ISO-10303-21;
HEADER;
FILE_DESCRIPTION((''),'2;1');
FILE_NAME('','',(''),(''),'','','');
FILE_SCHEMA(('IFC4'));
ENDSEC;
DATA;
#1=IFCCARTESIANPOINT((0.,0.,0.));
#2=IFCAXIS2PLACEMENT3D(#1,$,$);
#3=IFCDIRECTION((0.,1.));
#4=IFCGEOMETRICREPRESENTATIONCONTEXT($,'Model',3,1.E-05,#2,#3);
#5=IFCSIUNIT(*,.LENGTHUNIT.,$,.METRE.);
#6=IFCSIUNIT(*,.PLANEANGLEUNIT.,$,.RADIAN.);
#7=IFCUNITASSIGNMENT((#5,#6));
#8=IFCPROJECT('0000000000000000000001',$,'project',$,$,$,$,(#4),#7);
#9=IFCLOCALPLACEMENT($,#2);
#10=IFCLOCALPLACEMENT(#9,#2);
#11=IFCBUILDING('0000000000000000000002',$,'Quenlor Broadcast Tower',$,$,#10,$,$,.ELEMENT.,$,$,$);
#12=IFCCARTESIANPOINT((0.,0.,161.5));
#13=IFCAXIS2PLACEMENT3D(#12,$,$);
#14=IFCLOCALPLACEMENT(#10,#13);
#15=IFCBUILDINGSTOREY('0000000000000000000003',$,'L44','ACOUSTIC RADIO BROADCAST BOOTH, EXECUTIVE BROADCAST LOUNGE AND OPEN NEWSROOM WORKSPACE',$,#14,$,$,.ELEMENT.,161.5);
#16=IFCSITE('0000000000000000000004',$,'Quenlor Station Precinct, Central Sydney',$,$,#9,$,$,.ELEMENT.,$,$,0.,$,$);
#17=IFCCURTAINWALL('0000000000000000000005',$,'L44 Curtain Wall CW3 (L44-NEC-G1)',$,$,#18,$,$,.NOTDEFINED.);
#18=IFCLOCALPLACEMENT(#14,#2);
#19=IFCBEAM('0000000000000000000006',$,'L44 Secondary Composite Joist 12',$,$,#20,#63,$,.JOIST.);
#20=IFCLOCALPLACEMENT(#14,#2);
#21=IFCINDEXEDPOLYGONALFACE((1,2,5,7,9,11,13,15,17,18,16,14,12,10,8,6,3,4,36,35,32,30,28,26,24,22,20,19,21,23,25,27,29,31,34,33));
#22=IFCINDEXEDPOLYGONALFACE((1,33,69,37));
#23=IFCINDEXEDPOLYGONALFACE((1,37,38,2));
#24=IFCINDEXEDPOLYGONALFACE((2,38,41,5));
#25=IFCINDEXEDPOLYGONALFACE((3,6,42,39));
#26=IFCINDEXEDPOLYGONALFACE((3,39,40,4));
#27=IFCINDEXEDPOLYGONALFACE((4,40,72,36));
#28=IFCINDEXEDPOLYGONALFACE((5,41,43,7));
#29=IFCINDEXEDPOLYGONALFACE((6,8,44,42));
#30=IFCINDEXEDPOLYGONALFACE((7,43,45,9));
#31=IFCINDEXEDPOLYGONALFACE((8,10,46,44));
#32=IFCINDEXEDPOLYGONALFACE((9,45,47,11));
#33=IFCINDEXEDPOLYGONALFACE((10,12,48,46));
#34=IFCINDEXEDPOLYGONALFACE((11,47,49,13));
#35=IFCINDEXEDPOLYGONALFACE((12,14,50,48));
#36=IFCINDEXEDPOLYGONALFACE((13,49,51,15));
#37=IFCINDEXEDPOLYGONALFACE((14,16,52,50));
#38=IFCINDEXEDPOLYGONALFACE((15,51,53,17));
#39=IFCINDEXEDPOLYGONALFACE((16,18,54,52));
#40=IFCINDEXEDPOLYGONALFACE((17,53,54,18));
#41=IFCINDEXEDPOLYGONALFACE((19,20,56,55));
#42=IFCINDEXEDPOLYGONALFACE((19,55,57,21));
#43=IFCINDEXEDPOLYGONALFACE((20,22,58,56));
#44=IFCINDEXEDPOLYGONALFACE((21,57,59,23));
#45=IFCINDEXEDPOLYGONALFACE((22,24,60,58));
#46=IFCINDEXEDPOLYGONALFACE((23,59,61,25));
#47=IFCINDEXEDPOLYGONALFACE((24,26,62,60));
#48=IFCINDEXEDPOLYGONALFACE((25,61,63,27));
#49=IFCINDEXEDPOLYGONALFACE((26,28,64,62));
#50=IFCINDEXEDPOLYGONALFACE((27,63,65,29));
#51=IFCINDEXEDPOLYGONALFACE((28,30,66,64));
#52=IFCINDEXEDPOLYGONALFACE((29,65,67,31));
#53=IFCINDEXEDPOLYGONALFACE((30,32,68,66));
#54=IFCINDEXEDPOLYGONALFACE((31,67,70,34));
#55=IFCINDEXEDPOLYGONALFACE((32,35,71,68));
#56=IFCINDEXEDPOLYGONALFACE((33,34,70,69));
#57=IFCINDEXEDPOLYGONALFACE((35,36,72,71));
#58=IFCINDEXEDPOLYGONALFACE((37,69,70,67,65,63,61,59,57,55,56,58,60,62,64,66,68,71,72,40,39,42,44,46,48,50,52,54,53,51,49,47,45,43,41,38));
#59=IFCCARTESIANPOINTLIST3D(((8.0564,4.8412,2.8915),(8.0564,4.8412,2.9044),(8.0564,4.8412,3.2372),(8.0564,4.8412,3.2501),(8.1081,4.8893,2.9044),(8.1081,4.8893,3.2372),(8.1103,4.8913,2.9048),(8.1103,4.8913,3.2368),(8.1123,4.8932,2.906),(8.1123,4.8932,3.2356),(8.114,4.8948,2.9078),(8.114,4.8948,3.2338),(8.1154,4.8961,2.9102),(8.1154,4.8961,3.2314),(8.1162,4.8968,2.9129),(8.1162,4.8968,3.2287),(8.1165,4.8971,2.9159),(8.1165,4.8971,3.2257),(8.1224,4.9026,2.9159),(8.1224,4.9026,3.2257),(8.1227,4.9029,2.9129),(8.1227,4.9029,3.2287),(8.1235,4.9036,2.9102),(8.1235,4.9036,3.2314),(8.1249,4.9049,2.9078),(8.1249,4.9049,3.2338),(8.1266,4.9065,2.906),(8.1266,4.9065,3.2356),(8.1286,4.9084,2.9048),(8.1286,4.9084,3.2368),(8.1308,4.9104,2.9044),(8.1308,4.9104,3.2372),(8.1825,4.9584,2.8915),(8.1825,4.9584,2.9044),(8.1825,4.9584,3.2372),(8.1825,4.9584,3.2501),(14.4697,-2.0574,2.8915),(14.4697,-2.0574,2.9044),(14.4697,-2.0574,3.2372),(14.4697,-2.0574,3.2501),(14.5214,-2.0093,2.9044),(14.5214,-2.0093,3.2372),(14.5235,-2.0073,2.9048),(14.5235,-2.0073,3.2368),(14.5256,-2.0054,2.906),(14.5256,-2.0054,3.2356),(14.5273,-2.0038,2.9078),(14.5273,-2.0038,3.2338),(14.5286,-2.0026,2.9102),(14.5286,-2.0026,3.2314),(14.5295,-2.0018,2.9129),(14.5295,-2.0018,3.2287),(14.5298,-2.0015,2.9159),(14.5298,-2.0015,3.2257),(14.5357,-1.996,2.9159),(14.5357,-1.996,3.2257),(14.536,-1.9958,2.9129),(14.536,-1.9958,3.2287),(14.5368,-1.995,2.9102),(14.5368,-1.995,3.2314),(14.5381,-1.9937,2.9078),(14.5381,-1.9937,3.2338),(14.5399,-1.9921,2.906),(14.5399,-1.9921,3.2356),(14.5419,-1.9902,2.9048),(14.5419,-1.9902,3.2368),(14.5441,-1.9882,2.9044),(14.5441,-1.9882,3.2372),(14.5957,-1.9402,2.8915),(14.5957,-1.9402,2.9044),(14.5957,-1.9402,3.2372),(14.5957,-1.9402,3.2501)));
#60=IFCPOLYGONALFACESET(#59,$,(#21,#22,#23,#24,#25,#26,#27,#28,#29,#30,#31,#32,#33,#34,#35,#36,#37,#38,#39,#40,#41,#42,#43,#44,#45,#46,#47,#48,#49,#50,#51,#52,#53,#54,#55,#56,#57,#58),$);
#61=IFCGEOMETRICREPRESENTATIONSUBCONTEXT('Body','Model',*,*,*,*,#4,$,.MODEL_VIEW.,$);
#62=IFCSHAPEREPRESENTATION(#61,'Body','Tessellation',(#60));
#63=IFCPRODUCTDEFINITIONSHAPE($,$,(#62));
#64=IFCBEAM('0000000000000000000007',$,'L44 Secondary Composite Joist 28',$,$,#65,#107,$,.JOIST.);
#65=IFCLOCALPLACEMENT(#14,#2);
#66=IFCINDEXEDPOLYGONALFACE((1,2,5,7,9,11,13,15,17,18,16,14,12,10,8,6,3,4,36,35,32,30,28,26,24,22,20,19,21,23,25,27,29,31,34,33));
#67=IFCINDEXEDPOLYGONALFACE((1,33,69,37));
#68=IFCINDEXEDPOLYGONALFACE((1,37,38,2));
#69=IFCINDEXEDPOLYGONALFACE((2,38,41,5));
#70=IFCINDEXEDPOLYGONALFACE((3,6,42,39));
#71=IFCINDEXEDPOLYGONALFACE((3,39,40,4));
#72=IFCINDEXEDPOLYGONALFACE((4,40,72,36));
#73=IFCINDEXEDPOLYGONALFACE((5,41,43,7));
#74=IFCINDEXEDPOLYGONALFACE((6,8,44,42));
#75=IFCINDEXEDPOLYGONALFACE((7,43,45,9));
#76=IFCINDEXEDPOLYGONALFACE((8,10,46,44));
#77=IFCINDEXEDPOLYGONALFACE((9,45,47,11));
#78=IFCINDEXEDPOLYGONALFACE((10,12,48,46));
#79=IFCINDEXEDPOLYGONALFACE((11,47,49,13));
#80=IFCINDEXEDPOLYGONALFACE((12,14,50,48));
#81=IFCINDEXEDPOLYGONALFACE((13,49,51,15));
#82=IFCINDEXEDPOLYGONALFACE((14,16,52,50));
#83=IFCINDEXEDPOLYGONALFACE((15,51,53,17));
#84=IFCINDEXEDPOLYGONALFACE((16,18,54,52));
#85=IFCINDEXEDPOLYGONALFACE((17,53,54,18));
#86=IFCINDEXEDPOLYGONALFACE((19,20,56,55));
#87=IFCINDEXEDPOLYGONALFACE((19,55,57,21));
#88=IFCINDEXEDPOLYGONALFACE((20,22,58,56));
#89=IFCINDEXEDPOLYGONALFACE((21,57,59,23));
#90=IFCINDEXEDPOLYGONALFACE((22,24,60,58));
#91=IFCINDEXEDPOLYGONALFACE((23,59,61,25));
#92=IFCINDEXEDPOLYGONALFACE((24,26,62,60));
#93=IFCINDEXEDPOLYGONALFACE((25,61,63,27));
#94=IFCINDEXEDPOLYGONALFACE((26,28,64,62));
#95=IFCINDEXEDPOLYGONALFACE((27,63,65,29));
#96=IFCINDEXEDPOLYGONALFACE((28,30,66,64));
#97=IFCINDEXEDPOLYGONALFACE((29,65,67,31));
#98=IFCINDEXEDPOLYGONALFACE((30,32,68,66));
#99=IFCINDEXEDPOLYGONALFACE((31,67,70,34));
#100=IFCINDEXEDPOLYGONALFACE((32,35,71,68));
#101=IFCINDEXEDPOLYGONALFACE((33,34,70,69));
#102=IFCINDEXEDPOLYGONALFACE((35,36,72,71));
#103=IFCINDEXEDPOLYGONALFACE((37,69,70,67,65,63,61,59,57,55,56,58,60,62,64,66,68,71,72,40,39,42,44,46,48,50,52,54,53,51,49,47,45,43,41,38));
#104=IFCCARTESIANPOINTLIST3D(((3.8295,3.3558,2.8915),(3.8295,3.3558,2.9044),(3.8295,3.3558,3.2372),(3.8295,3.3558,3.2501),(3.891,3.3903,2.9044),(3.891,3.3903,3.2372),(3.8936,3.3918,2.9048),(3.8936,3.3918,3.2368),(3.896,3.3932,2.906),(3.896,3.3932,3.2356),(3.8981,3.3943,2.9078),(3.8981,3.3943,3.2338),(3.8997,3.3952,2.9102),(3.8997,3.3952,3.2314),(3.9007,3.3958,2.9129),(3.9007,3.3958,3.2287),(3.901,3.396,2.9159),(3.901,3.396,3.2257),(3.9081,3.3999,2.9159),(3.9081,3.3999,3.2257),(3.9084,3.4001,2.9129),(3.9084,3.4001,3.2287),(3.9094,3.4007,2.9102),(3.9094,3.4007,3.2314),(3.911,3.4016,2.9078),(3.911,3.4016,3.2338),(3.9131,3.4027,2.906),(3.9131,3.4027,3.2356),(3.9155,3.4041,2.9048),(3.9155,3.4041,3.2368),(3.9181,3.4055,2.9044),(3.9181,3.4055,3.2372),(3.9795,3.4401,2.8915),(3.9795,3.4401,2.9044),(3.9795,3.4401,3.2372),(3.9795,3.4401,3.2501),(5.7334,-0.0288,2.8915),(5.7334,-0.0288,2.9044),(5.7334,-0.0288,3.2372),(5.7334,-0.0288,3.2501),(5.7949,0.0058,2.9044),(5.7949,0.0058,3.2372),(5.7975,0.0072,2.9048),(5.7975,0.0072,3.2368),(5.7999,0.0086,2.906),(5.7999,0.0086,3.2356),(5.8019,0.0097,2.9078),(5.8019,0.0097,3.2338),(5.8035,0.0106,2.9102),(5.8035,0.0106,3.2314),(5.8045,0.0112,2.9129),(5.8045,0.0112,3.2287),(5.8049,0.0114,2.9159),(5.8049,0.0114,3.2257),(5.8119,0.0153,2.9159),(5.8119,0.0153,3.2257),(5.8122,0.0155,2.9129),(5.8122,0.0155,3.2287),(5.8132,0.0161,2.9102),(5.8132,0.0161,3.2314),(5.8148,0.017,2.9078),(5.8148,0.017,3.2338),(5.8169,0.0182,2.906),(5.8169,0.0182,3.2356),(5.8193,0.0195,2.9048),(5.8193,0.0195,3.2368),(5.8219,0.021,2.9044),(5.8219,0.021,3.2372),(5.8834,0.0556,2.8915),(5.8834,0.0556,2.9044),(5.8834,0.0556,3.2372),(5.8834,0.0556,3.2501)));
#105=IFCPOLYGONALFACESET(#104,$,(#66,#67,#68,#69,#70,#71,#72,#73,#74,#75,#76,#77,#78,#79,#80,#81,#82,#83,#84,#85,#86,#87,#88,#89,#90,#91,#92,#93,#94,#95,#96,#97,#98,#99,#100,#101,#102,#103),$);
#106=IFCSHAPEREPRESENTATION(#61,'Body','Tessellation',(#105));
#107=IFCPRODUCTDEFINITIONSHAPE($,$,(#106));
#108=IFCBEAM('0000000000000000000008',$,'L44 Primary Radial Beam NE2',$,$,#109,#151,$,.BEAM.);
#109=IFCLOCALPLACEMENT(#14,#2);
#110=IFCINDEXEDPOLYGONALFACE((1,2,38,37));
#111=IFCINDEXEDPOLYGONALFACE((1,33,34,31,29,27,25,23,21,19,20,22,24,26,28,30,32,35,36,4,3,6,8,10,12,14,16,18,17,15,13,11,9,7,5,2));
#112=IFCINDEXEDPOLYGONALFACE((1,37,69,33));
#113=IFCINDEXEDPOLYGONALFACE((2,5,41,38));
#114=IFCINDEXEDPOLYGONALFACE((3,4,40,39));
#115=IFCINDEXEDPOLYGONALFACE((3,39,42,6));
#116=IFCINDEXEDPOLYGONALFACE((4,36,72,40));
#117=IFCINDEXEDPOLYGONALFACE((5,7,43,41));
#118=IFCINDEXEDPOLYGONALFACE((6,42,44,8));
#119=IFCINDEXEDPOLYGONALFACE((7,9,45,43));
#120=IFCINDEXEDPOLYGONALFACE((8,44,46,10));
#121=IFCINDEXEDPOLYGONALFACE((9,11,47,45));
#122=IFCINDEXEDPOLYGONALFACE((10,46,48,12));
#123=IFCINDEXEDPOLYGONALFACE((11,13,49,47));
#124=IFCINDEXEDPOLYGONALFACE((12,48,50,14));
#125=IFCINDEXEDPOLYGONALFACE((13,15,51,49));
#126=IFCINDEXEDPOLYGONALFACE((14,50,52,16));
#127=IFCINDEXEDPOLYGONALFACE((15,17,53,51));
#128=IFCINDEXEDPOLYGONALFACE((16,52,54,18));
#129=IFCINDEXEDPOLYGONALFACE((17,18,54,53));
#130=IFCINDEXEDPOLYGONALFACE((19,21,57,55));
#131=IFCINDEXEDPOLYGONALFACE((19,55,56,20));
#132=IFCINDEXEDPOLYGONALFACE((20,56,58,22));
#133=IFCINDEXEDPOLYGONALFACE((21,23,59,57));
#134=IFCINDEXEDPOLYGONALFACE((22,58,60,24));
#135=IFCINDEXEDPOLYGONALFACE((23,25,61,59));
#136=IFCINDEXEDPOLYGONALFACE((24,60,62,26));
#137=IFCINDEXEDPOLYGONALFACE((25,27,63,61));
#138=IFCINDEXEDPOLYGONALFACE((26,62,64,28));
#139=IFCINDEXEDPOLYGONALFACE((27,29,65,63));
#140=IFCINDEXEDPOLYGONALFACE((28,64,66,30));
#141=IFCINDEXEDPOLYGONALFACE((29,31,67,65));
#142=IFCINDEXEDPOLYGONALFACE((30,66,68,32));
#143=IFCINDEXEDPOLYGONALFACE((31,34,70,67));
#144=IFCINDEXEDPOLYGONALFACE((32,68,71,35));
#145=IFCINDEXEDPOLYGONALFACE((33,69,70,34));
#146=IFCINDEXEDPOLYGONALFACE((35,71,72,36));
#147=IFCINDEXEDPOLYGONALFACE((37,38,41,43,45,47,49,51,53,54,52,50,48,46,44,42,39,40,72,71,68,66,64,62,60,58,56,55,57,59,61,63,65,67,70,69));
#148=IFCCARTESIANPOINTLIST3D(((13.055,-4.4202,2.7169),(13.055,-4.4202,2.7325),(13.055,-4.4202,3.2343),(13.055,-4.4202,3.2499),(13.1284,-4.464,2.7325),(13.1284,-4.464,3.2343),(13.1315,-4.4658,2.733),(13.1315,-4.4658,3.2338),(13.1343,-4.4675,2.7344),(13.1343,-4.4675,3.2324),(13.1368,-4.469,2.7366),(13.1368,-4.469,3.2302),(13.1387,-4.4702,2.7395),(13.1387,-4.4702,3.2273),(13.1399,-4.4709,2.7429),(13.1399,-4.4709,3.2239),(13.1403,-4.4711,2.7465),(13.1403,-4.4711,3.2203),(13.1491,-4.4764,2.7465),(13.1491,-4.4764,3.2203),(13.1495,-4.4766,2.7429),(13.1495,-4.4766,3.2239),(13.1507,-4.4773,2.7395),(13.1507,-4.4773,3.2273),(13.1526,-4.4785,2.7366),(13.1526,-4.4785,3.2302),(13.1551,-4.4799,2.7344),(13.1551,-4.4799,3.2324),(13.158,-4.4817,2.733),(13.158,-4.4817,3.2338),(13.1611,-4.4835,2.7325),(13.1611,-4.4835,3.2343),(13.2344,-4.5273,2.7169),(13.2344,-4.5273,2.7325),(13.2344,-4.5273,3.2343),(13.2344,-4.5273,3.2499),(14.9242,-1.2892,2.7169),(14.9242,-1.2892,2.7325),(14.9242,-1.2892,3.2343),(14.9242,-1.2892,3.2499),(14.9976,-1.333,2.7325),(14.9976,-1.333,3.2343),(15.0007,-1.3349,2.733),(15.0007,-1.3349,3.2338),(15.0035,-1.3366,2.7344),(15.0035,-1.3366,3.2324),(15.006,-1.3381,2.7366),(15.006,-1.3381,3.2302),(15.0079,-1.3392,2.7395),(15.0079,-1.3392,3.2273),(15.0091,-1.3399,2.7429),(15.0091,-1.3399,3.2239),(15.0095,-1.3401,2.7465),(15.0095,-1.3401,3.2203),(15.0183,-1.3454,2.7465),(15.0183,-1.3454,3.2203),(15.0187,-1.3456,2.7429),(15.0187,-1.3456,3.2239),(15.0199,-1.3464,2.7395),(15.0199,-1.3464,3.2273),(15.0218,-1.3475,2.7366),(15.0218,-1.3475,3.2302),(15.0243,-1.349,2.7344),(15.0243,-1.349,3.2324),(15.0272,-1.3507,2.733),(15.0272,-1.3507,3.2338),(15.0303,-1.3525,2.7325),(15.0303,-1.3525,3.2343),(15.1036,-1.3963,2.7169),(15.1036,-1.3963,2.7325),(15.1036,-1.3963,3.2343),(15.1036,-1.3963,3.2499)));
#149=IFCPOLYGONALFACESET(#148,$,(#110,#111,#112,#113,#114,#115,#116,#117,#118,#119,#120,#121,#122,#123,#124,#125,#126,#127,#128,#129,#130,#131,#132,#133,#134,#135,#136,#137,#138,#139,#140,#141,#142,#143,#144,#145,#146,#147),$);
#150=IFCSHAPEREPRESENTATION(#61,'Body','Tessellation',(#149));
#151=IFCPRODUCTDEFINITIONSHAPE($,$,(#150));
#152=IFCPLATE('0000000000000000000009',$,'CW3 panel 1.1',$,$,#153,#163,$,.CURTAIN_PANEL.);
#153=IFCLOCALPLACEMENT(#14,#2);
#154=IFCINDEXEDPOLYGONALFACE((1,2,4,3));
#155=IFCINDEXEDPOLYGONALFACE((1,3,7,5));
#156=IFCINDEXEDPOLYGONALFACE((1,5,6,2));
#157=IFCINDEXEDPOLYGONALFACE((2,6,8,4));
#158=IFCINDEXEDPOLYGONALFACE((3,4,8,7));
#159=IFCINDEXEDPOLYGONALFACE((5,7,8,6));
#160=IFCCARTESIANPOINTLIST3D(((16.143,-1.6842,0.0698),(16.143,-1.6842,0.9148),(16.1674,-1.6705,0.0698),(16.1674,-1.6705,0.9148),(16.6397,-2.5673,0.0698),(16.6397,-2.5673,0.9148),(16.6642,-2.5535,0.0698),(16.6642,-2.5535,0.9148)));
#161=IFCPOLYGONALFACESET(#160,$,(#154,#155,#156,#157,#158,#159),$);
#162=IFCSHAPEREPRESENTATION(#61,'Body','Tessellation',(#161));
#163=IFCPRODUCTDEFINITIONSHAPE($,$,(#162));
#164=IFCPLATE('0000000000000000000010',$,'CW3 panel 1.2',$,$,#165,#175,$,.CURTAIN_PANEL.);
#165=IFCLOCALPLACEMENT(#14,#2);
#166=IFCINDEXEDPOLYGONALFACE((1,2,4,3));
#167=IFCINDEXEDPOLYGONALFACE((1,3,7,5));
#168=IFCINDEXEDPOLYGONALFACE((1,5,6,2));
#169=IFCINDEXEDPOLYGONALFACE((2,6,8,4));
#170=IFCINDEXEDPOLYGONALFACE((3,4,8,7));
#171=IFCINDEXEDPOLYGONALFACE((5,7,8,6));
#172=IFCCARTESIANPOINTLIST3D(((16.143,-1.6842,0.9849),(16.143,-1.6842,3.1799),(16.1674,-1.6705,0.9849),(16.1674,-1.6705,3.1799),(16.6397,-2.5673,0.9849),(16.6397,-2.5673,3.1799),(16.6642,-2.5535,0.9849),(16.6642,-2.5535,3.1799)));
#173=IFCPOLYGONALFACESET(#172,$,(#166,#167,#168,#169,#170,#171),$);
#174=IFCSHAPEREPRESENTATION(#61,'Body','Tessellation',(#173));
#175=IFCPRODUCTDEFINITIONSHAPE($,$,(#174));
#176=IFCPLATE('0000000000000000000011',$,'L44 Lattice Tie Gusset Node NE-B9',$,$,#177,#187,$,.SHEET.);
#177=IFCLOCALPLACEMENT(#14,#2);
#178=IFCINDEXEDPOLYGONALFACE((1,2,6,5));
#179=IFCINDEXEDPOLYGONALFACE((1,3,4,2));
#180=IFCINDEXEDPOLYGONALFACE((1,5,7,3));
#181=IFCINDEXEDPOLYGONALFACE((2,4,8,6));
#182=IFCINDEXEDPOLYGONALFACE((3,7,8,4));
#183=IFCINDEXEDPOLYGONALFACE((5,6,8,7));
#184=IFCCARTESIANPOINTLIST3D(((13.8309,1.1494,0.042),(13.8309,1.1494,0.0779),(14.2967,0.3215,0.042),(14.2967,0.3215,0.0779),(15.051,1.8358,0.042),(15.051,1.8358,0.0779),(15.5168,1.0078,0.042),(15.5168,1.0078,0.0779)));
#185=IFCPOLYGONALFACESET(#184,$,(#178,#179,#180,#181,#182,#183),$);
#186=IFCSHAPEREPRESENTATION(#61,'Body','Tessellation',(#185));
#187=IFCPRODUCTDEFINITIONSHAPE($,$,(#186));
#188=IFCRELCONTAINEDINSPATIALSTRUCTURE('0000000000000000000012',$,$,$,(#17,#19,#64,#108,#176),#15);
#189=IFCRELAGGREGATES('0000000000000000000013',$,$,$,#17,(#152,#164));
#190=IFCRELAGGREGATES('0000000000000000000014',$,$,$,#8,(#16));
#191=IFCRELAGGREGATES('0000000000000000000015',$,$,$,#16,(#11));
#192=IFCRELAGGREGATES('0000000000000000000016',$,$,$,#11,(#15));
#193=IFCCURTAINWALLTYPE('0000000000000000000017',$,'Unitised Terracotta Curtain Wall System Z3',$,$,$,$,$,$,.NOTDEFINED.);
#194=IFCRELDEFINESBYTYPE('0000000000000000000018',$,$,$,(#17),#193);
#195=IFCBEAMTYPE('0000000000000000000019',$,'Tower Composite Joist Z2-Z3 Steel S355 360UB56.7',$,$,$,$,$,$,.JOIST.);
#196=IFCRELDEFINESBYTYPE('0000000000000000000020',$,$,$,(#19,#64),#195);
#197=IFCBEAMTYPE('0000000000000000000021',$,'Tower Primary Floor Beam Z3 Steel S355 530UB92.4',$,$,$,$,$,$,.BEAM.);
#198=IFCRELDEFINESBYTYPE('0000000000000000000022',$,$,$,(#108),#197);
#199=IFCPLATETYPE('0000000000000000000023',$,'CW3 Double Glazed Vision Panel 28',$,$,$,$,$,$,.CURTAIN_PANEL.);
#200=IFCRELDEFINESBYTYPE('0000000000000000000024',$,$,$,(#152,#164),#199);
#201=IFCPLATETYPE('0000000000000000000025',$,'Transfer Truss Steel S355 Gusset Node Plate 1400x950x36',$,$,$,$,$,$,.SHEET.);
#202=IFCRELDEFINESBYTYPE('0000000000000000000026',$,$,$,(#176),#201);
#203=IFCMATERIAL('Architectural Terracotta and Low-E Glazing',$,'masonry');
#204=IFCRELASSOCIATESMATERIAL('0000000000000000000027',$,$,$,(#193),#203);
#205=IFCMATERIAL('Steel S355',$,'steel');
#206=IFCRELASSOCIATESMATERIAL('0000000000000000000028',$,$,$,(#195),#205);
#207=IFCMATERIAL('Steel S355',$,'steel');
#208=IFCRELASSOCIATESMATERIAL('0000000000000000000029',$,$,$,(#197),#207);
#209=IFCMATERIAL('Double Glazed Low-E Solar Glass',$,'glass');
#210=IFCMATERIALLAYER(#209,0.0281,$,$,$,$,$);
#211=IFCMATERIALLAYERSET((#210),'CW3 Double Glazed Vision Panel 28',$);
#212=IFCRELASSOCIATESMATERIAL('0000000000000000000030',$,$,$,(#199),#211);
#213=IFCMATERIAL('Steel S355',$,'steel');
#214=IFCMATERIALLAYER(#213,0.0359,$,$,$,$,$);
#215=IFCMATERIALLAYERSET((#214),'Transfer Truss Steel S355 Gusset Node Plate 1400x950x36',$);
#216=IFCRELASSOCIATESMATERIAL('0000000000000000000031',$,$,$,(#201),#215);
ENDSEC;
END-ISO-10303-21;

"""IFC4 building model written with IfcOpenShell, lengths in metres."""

from ifc_helpers import new_model, si_unit, direction, frame, origin, origin_2d, place, context, subcontext, project, spatial, rectangle, i_section, extrude, material, layer, layer_set, material_profile, profile_set, type_object, element, aggregate, save


model = new_model("IFC4")

# Units and contexts
model_context = context("Model", 3, precision=1e-05, world=origin(), true_north=direction((0.0, 1.0)))
body_context = subcontext(model_context, "Body", "Model", "MODEL_VIEW")
ifc_project = project(units=[si_unit("LENGTHUNIT", "METRE"), si_unit("PLANEANGLEUNIT", "RADIAN")], contexts=[model_context])

# Site, building, storey
site_placement = place(None, origin())
site = spatial("IfcSite", under=ifc_project, at=site_placement, Name="Quenlor Station Precinct, Central Sydney", CompositionType="ELEMENT", RefElevation=0.0)
building_placement = place(site_placement, origin())
building = spatial("IfcBuilding", under=site, at=building_placement, Name="Quenlor Broadcast Tower", CompositionType="ELEMENT")
storey_placement = place(building_placement, frame((0.0, 0.0, 161.5)))
storey = spatial("IfcBuildingStorey", under=building, at=storey_placement, Name="L44", Description="ACOUSTIC RADIO BROADCAST BOOTH, EXECUTIVE BROADCAST LOUNGE AND OPEN NEWSROOM WORKSPACE", CompositionType="ELEMENT", Elevation=161.5)

# Curtain wall
ifc_material_1 = material(Name="Architectural Terracotta and Low-E Glazing", Category="masonry")
curtain_wall_type = type_object("IfcCurtainWallType", Name="Unitised Terracotta Curtain Wall System Z3", PredefinedType="NOTDEFINED", material=ifc_material_1)
curtain_wall_placement = place(storey_placement, origin())
curtain_wall = element("IfcCurtainWall", 1, at=curtain_wall_placement, inside=storey, type_object=curtain_wall_type, Name="L44 Curtain Wall CW3 (L44-NEC-G1)", PredefinedType="NOTDEFINED")

# Beams
ifc_material_2 = material(Name="Steel S355", Category="steel")
ifc_material_profile_1 = material_profile(ifc_material_2, i_section(OverallWidth=0.1721, OverallDepth=0.3586, WebThickness=0.0081, FlangeThickness=0.0129, FilletRadius=0.0115, at=origin_2d()))
ifc_profile_set_1 = profile_set([ifc_material_profile_1], Name="Steel S355 360UB56.7")
beam_type_1 = type_object("IfcBeamType", Name="Tower Composite Joist Z2-Z3 Steel S355 360UB56.7", PredefinedType="JOIST", material=ifc_profile_set_1)
beam_1_placement = place(storey_placement, frame((14.5327, -1.9988, 3.0708), z_axis=(-0.680874, 0.732401, 0.0), x_axis=(-0.732401, -0.680874, 0.0)))
element("IfcBeam", 2, at=beam_1_placement, inside=storey, type_object=beam_type_1, Name="L44 Secondary Composite Joist 12", PredefinedType="JOIST", context=body_context, shape_type="SweptSolid", body=[
    extrude(i_section(OverallWidth=0.1721, OverallDepth=0.3586, WebThickness=0.0081, FlangeThickness=0.0129, FilletRadius=0.0115, at=origin_2d()), origin(), (0.0, 0.0, 1.0), 9.4192),
])
beam_2_placement = place(storey_placement, frame((3.9045, 3.3979, 3.0708), z_axis=(0.490264, -0.871574, 0.0), x_axis=(0.871574, 0.490264, 0.0)))
element("IfcBeam", 3, at=beam_2_placement, inside=storey, type_object=beam_type_1, Name="L44 Secondary Composite Joist 28", PredefinedType="JOIST", context=body_context, shape_type="SweptSolid", body=[
    extrude(i_section(OverallWidth=0.1721, OverallDepth=0.3586, WebThickness=0.0081, FlangeThickness=0.0129, FilletRadius=0.0115, at=origin_2d()), origin(), (0.0, 0.0, 1.0), 3.8833),
])
ifc_material_3 = material(Name="Steel S355", Category="steel")
ifc_material_profile_2 = material_profile(ifc_material_3, i_section(OverallWidth=0.209, OverallDepth=0.533, WebThickness=0.0103, FlangeThickness=0.0156, FilletRadius=0.0139, at=origin_2d()))
ifc_profile_set_2 = profile_set([ifc_material_profile_2], Name="Steel S355 530UB92.4")
beam_type_2 = type_object("IfcBeamType", Name="Tower Primary Floor Beam Z3 Steel S355 530UB92.4", PredefinedType="BEAM", material=ifc_profile_set_2)
beam_3_placement = place(storey_placement, frame((15.0139, -1.3428, 2.9834), z_axis=(-0.512604, -0.858625, 0.0), x_axis=(0.858625, -0.512604, 0.0)))
element("IfcBeam", 4, at=beam_3_placement, inside=storey, type_object=beam_type_2, Name="L44 Primary Radial Beam NE2", PredefinedType="BEAM", context=body_context, shape_type="SweptSolid", body=[
    extrude(i_section(OverallWidth=0.209, OverallDepth=0.533, WebThickness=0.0103, FlangeThickness=0.0156, FilletRadius=0.0139, at=origin_2d()), origin(), (0.0, 0.0, 1.0), 3.6465),
])

# Plates
ifc_material_4 = material(Name="Double Glazed Low-E Solar Glass", Category="glass")
ifc_layer_1 = layer(ifc_material_4, 0.0281)
ifc_layer_set_1 = layer_set([ifc_layer_1], Name="CW3 Double Glazed Vision Panel 28")
plate_type_1 = type_object("IfcPlateType", Name="CW3 Double Glazed Vision Panel 28", PredefinedType="CURTAIN_PANEL", material=ifc_layer_set_1)
plate_1_placement = place(storey_placement, frame((16.4036, -2.1189, 0.0698), z_axis=(0.0, 0.0, 1.0), x_axis=(0.490253, -0.87158, 0.0)))
plate_1 = element("IfcPlate", 5, at=plate_1_placement, type_object=plate_type_1, Name="CW3 panel 1.1", PredefinedType="CURTAIN_PANEL", context=body_context, shape_type="SweptSolid", body=[
    extrude(rectangle(XDim=1.0132, YDim=0.0281, at=origin_2d()), origin(), (0.0, 0.0, 1.0), 0.845),
])
plate_2_placement = place(storey_placement, frame((16.4036, -2.1189, 0.9849), z_axis=(0.0, 0.0, 1.0), x_axis=(0.490253, -0.87158, 0.0)))
plate_2 = element("IfcPlate", 6, at=plate_2_placement, type_object=plate_type_1, Name="CW3 panel 1.2", PredefinedType="CURTAIN_PANEL", context=body_context, shape_type="SweptSolid", body=[
    extrude(rectangle(XDim=1.0132, YDim=0.0281, at=origin_2d()), origin(), (0.0, 0.0, 1.0), 2.1951),
])
aggregate(curtain_wall, [plate_1, plate_2])

# Plate
ifc_material_5 = material(Name="Steel S355", Category="steel")
ifc_layer_2 = layer(ifc_material_5, 0.0359)
ifc_layer_set_2 = layer_set([ifc_layer_2], Name="Transfer Truss Steel S355 Gusset Node Plate 1400x950x36")
plate_type_2 = type_object("IfcPlateType", Name="Transfer Truss Steel S355 Gusset Node Plate 1400x950x36", PredefinedType="SHEET", material=ifc_layer_set_2)
for number, where, z_axis, x_axis, name in (
    (7, (14.6738, 1.0786, 0.042), (0.0, 0.0, 1.0), (0.871556, 0.490295, 0.0), "L44 Lattice Tie Gusset Node NE-B9"),
):
    element("IfcPlate", number, at=place(storey_placement, frame(where, z_axis=z_axis, x_axis=x_axis)), inside=storey, type_object=plate_type_2, Name=name, PredefinedType="SHEET", context=body_context, shape_type="SweptSolid", body=[
        extrude(rectangle(XDim=1.3999, YDim=0.95, at=origin_2d()), origin(), (0.0, 0.0, 1.0), 0.0359),
    ])

save(model, "model.ifc")
